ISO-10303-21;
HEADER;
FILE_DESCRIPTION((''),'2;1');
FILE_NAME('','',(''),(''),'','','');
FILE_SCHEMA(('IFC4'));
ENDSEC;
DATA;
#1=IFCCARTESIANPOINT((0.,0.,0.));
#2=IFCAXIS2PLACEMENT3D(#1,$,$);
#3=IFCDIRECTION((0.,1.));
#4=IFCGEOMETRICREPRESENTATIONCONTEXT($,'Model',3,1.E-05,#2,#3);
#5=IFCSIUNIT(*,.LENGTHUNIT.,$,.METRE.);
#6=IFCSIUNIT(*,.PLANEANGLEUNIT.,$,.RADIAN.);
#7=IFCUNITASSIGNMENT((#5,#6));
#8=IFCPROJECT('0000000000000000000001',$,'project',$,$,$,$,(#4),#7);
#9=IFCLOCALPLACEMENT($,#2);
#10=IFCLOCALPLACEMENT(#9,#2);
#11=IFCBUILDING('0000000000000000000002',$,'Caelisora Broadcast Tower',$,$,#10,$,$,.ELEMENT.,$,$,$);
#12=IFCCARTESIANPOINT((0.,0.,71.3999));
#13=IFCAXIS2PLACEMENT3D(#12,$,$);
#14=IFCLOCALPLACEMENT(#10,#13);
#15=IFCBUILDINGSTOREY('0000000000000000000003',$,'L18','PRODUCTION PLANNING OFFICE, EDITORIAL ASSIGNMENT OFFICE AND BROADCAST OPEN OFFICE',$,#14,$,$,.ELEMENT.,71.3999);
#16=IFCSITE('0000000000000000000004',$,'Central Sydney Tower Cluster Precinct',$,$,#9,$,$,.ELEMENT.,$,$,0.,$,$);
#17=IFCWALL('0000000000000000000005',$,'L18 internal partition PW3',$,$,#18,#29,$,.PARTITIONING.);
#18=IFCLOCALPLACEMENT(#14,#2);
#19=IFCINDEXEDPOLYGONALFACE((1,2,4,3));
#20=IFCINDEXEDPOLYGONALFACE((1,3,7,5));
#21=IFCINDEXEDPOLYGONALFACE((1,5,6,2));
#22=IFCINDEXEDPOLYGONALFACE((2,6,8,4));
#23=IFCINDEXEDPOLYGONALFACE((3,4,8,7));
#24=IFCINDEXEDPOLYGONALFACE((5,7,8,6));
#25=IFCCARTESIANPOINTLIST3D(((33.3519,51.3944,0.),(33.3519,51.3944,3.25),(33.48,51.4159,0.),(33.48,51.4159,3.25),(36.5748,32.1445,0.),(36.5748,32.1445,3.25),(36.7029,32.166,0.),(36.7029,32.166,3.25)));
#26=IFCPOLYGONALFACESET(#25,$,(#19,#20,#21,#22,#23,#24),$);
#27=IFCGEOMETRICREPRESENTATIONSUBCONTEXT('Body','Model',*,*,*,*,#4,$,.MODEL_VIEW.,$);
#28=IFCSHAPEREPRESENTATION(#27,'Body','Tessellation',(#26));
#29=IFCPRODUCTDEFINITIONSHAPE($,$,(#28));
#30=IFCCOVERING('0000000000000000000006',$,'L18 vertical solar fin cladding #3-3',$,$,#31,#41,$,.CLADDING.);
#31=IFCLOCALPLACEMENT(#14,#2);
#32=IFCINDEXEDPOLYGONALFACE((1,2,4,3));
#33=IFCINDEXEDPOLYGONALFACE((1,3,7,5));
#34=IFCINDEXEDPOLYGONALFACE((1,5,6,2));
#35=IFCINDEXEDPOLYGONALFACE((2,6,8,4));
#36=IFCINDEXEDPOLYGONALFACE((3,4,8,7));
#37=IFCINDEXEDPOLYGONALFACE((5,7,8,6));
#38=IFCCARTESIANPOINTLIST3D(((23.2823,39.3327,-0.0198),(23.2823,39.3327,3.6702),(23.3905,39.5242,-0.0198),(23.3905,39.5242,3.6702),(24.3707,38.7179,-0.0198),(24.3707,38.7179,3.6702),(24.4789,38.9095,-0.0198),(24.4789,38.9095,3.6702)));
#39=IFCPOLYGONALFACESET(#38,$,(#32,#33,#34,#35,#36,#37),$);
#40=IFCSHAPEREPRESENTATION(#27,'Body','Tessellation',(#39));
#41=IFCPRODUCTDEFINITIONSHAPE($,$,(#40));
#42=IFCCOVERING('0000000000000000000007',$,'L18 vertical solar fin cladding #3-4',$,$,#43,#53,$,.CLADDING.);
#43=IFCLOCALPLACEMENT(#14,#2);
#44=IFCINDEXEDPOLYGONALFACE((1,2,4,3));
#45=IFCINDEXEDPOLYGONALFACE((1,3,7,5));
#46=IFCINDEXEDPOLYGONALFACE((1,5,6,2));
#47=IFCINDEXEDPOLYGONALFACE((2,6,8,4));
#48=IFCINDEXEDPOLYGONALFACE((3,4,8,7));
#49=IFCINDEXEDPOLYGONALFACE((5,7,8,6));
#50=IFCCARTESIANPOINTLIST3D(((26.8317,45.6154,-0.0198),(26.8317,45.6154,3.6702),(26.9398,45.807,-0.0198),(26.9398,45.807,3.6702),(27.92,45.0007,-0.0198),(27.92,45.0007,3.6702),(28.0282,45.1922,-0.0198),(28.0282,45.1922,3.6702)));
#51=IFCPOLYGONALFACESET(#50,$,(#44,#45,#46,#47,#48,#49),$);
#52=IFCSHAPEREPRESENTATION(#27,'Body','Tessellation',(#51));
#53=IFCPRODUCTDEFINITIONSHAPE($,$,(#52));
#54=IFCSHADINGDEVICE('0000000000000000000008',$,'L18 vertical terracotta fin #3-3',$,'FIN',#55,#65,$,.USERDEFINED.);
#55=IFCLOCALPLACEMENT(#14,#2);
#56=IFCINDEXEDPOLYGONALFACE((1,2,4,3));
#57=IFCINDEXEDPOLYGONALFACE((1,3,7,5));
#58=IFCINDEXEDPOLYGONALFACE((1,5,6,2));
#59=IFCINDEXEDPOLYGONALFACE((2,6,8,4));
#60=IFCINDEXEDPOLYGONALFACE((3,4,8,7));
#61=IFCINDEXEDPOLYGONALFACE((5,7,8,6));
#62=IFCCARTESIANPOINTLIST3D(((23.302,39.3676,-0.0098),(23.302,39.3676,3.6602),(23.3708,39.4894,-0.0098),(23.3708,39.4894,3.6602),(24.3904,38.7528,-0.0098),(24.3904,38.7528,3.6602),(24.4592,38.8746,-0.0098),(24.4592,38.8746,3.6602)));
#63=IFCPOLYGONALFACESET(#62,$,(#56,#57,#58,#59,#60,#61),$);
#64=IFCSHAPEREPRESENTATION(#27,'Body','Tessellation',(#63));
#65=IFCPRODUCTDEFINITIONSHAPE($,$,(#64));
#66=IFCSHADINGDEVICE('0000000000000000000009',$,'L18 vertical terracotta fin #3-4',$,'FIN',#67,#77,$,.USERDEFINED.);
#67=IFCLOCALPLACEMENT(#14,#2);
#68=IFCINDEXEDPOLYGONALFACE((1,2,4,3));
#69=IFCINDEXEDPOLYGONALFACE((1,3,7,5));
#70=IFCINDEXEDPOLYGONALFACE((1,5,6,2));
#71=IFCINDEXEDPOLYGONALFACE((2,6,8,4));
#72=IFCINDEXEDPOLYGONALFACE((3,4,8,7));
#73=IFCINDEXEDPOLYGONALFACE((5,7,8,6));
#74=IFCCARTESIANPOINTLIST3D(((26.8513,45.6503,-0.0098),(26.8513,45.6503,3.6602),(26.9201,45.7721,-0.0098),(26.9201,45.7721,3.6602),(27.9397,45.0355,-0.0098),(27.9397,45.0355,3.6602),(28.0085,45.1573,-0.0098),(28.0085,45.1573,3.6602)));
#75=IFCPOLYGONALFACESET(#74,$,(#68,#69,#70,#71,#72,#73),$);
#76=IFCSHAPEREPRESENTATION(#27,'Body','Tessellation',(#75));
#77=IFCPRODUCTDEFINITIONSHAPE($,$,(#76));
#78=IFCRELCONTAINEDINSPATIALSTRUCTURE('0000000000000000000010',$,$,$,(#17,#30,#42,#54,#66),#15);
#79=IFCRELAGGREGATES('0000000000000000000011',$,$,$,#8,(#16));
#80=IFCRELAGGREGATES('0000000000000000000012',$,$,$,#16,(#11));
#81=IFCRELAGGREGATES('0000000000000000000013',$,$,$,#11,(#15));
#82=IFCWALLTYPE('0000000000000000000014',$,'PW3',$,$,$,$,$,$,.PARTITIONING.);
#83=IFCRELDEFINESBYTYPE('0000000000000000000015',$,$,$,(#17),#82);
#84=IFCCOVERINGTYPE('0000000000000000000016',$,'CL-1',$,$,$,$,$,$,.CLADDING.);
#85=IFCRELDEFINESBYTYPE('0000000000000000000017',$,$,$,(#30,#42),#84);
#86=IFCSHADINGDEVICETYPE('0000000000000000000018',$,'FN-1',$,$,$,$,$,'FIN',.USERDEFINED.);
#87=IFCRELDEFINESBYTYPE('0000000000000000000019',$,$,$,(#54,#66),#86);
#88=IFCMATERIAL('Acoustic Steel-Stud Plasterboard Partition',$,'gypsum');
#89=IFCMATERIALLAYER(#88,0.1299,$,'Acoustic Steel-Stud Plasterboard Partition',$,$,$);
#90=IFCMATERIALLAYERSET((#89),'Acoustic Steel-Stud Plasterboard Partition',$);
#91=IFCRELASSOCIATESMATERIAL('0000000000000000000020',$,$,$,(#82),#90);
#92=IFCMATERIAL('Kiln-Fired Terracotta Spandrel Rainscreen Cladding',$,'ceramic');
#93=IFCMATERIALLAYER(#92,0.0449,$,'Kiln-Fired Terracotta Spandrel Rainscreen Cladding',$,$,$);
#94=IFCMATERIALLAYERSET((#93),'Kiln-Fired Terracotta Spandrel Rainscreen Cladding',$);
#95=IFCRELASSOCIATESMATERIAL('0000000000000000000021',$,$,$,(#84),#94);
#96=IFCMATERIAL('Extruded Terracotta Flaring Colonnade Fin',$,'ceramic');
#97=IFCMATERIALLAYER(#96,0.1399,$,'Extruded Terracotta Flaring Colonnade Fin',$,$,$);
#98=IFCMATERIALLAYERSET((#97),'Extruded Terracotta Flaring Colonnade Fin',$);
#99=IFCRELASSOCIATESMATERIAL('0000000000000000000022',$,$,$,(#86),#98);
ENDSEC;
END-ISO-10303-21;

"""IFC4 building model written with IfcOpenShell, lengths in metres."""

from ifc_helpers import new_model, si_unit, direction, frame, frame_2d, origin, origin_2d, place, context, subcontext, project, spatial, rectangle, extrude, source, transform, mapped, material, layer, layer_set, type_object, type_shapes, element, save


model = new_model("IFC4")

# Units and contexts
model_context = context("Model", 3, precision=1e-05, world=origin(), true_north=direction((0.0, 1.0)))
body_context = subcontext(model_context, "Body", "Model", "MODEL_VIEW")
ifc_project = project(units=[si_unit("LENGTHUNIT", "METRE"), si_unit("PLANEANGLEUNIT", "RADIAN")], contexts=[model_context])

# Site, building, storey
site_placement = place(None, origin())
site = spatial("IfcSite", under=ifc_project, at=site_placement, Name="Central Sydney Tower Cluster Precinct", CompositionType="ELEMENT", RefElevation=0.0)
building_placement = place(site_placement, origin())
building = spatial("IfcBuilding", under=site, at=building_placement, Name="Caelisora Broadcast Tower", CompositionType="ELEMENT")
storey_placement = place(building_placement, frame((0.0, 0.0, 71.3999)))
storey = spatial("IfcBuildingStorey", under=building, at=storey_placement, Name="L18", Description="PRODUCTION PLANNING OFFICE, EDITORIAL ASSIGNMENT OFFICE AND BROADCAST OPEN OFFICE", CompositionType="ELEMENT", Elevation=71.3999)

# Wall
ifc_material_1 = material(Name="Acoustic Steel-Stud Plasterboard Partition", Category="gypsum")
ifc_layer_1 = layer(ifc_material_1, 0.1299, Name="Acoustic Steel-Stud Plasterboard Partition")
ifc_layer_set_1 = layer_set([ifc_layer_1], Name="Acoustic Steel-Stud Plasterboard Partition")
wall_type_1 = type_object("IfcWallType", Name="PW3", PredefinedType="PARTITIONING", material=ifc_layer_set_1)
wall_1_placement = place(storey_placement, frame((33.416, 51.405, 0.0), z_axis=(0.0, 0.0, 1.0), x_axis=(0.165125, -0.986273, 0.0)))
element("IfcWall", 1, at=wall_1_placement, inside=storey, type_object=wall_type_1, Name="L18 internal partition PW3", PredefinedType="PARTITIONING", context=body_context, shape_type="SweptSolid", body=[
    extrude(rectangle(XDim=19.5178, YDim=0.1299, at=frame_2d((9.7588, 0.0))), origin(), (0.0, 0.0, 1.0), 3.25),
])

# Coverings
ifc_material_2 = material(Name="Kiln-Fired Terracotta Spandrel Rainscreen Cladding", Category="ceramic")
ifc_layer_2 = layer(ifc_material_2, 0.0449, Name="Kiln-Fired Terracotta Spandrel Rainscreen Cladding")
ifc_layer_set_2 = layer_set([ifc_layer_2], Name="Kiln-Fired Terracotta Spandrel Rainscreen Cladding")
covering_type = type_object("IfcCoveringType", Name="CL-1", PredefinedType="CLADDING", material=ifc_layer_set_2)
shared_shape_1 = source(origin(), body_context, "Body", "SweptSolid", [
    extrude(rectangle(XDim=0.22, YDim=1.25, at=origin_2d()), origin(), (0.0, 0.0, 1.0), 3.6899),
])
type_shapes(covering_type, [shared_shape_1])
for number, where, z_axis, x_axis, name in (
    (2, (23.8806, 39.1211, -0.0198), (0.0, 0.0, 1.0), (0.491816, 0.870699, 0.0), "L18 vertical solar fin cladding #3-3"),
    (3, (27.4299, 45.4038, -0.0198), (0.0, 0.0, 1.0), (0.491816, 0.870699, 0.0), "L18 vertical solar fin cladding #3-4"),
):
    element("IfcCovering", number, at=place(storey_placement, frame(where, z_axis=z_axis, x_axis=x_axis)), inside=storey, type_object=covering_type, Name=name, PredefinedType="CLADDING", context=body_context, shape_type="MappedRepresentation", body=[
        mapped(shared_shape_1, transform((0.0, 0.0, 0.0), scale=1.0)),
    ])

# Shading devices
ifc_material_3 = material(Name="Extruded Terracotta Flaring Colonnade Fin", Category="ceramic")
ifc_layer_3 = layer(ifc_material_3, 0.1399, Name="Extruded Terracotta Flaring Colonnade Fin")
ifc_layer_set_3 = layer_set([ifc_layer_3], Name="Extruded Terracotta Flaring Colonnade Fin")
shading_device_type = type_object("IfcShadingDeviceType", Name="FN-1", ElementType="FIN", PredefinedType="USERDEFINED", material=ifc_layer_set_3)
shared_shape_2 = source(origin(), body_context, "Body", "SweptSolid", [
    extrude(rectangle(XDim=0.1399, YDim=1.25, at=origin_2d()), origin(), (0.0, 0.0, 1.0), 3.6699),
])
type_shapes(shading_device_type, [shared_shape_2])
for number, where, z_axis, x_axis, name in (
    (4, (23.8806, 39.1211, -0.0098), (0.0, 0.0, 1.0), (0.491816, 0.870699, 0.0), "L18 vertical terracotta fin #3-3"),
    (5, (27.4299, 45.4038, -0.0098), (0.0, 0.0, 1.0), (0.491816, 0.870699, 0.0), "L18 vertical terracotta fin #3-4"),
):
    element("IfcShadingDevice", number, at=place(storey_placement, frame(where, z_axis=z_axis, x_axis=x_axis)), inside=storey, type_object=shading_device_type, Name=name, ObjectType="FIN", PredefinedType="USERDEFINED", context=body_context, shape_type="MappedRepresentation", body=[
        mapped(shared_shape_2, transform((0.0, 0.0, 0.0), scale=1.0)),
    ])

save(model, "model.ifc")
